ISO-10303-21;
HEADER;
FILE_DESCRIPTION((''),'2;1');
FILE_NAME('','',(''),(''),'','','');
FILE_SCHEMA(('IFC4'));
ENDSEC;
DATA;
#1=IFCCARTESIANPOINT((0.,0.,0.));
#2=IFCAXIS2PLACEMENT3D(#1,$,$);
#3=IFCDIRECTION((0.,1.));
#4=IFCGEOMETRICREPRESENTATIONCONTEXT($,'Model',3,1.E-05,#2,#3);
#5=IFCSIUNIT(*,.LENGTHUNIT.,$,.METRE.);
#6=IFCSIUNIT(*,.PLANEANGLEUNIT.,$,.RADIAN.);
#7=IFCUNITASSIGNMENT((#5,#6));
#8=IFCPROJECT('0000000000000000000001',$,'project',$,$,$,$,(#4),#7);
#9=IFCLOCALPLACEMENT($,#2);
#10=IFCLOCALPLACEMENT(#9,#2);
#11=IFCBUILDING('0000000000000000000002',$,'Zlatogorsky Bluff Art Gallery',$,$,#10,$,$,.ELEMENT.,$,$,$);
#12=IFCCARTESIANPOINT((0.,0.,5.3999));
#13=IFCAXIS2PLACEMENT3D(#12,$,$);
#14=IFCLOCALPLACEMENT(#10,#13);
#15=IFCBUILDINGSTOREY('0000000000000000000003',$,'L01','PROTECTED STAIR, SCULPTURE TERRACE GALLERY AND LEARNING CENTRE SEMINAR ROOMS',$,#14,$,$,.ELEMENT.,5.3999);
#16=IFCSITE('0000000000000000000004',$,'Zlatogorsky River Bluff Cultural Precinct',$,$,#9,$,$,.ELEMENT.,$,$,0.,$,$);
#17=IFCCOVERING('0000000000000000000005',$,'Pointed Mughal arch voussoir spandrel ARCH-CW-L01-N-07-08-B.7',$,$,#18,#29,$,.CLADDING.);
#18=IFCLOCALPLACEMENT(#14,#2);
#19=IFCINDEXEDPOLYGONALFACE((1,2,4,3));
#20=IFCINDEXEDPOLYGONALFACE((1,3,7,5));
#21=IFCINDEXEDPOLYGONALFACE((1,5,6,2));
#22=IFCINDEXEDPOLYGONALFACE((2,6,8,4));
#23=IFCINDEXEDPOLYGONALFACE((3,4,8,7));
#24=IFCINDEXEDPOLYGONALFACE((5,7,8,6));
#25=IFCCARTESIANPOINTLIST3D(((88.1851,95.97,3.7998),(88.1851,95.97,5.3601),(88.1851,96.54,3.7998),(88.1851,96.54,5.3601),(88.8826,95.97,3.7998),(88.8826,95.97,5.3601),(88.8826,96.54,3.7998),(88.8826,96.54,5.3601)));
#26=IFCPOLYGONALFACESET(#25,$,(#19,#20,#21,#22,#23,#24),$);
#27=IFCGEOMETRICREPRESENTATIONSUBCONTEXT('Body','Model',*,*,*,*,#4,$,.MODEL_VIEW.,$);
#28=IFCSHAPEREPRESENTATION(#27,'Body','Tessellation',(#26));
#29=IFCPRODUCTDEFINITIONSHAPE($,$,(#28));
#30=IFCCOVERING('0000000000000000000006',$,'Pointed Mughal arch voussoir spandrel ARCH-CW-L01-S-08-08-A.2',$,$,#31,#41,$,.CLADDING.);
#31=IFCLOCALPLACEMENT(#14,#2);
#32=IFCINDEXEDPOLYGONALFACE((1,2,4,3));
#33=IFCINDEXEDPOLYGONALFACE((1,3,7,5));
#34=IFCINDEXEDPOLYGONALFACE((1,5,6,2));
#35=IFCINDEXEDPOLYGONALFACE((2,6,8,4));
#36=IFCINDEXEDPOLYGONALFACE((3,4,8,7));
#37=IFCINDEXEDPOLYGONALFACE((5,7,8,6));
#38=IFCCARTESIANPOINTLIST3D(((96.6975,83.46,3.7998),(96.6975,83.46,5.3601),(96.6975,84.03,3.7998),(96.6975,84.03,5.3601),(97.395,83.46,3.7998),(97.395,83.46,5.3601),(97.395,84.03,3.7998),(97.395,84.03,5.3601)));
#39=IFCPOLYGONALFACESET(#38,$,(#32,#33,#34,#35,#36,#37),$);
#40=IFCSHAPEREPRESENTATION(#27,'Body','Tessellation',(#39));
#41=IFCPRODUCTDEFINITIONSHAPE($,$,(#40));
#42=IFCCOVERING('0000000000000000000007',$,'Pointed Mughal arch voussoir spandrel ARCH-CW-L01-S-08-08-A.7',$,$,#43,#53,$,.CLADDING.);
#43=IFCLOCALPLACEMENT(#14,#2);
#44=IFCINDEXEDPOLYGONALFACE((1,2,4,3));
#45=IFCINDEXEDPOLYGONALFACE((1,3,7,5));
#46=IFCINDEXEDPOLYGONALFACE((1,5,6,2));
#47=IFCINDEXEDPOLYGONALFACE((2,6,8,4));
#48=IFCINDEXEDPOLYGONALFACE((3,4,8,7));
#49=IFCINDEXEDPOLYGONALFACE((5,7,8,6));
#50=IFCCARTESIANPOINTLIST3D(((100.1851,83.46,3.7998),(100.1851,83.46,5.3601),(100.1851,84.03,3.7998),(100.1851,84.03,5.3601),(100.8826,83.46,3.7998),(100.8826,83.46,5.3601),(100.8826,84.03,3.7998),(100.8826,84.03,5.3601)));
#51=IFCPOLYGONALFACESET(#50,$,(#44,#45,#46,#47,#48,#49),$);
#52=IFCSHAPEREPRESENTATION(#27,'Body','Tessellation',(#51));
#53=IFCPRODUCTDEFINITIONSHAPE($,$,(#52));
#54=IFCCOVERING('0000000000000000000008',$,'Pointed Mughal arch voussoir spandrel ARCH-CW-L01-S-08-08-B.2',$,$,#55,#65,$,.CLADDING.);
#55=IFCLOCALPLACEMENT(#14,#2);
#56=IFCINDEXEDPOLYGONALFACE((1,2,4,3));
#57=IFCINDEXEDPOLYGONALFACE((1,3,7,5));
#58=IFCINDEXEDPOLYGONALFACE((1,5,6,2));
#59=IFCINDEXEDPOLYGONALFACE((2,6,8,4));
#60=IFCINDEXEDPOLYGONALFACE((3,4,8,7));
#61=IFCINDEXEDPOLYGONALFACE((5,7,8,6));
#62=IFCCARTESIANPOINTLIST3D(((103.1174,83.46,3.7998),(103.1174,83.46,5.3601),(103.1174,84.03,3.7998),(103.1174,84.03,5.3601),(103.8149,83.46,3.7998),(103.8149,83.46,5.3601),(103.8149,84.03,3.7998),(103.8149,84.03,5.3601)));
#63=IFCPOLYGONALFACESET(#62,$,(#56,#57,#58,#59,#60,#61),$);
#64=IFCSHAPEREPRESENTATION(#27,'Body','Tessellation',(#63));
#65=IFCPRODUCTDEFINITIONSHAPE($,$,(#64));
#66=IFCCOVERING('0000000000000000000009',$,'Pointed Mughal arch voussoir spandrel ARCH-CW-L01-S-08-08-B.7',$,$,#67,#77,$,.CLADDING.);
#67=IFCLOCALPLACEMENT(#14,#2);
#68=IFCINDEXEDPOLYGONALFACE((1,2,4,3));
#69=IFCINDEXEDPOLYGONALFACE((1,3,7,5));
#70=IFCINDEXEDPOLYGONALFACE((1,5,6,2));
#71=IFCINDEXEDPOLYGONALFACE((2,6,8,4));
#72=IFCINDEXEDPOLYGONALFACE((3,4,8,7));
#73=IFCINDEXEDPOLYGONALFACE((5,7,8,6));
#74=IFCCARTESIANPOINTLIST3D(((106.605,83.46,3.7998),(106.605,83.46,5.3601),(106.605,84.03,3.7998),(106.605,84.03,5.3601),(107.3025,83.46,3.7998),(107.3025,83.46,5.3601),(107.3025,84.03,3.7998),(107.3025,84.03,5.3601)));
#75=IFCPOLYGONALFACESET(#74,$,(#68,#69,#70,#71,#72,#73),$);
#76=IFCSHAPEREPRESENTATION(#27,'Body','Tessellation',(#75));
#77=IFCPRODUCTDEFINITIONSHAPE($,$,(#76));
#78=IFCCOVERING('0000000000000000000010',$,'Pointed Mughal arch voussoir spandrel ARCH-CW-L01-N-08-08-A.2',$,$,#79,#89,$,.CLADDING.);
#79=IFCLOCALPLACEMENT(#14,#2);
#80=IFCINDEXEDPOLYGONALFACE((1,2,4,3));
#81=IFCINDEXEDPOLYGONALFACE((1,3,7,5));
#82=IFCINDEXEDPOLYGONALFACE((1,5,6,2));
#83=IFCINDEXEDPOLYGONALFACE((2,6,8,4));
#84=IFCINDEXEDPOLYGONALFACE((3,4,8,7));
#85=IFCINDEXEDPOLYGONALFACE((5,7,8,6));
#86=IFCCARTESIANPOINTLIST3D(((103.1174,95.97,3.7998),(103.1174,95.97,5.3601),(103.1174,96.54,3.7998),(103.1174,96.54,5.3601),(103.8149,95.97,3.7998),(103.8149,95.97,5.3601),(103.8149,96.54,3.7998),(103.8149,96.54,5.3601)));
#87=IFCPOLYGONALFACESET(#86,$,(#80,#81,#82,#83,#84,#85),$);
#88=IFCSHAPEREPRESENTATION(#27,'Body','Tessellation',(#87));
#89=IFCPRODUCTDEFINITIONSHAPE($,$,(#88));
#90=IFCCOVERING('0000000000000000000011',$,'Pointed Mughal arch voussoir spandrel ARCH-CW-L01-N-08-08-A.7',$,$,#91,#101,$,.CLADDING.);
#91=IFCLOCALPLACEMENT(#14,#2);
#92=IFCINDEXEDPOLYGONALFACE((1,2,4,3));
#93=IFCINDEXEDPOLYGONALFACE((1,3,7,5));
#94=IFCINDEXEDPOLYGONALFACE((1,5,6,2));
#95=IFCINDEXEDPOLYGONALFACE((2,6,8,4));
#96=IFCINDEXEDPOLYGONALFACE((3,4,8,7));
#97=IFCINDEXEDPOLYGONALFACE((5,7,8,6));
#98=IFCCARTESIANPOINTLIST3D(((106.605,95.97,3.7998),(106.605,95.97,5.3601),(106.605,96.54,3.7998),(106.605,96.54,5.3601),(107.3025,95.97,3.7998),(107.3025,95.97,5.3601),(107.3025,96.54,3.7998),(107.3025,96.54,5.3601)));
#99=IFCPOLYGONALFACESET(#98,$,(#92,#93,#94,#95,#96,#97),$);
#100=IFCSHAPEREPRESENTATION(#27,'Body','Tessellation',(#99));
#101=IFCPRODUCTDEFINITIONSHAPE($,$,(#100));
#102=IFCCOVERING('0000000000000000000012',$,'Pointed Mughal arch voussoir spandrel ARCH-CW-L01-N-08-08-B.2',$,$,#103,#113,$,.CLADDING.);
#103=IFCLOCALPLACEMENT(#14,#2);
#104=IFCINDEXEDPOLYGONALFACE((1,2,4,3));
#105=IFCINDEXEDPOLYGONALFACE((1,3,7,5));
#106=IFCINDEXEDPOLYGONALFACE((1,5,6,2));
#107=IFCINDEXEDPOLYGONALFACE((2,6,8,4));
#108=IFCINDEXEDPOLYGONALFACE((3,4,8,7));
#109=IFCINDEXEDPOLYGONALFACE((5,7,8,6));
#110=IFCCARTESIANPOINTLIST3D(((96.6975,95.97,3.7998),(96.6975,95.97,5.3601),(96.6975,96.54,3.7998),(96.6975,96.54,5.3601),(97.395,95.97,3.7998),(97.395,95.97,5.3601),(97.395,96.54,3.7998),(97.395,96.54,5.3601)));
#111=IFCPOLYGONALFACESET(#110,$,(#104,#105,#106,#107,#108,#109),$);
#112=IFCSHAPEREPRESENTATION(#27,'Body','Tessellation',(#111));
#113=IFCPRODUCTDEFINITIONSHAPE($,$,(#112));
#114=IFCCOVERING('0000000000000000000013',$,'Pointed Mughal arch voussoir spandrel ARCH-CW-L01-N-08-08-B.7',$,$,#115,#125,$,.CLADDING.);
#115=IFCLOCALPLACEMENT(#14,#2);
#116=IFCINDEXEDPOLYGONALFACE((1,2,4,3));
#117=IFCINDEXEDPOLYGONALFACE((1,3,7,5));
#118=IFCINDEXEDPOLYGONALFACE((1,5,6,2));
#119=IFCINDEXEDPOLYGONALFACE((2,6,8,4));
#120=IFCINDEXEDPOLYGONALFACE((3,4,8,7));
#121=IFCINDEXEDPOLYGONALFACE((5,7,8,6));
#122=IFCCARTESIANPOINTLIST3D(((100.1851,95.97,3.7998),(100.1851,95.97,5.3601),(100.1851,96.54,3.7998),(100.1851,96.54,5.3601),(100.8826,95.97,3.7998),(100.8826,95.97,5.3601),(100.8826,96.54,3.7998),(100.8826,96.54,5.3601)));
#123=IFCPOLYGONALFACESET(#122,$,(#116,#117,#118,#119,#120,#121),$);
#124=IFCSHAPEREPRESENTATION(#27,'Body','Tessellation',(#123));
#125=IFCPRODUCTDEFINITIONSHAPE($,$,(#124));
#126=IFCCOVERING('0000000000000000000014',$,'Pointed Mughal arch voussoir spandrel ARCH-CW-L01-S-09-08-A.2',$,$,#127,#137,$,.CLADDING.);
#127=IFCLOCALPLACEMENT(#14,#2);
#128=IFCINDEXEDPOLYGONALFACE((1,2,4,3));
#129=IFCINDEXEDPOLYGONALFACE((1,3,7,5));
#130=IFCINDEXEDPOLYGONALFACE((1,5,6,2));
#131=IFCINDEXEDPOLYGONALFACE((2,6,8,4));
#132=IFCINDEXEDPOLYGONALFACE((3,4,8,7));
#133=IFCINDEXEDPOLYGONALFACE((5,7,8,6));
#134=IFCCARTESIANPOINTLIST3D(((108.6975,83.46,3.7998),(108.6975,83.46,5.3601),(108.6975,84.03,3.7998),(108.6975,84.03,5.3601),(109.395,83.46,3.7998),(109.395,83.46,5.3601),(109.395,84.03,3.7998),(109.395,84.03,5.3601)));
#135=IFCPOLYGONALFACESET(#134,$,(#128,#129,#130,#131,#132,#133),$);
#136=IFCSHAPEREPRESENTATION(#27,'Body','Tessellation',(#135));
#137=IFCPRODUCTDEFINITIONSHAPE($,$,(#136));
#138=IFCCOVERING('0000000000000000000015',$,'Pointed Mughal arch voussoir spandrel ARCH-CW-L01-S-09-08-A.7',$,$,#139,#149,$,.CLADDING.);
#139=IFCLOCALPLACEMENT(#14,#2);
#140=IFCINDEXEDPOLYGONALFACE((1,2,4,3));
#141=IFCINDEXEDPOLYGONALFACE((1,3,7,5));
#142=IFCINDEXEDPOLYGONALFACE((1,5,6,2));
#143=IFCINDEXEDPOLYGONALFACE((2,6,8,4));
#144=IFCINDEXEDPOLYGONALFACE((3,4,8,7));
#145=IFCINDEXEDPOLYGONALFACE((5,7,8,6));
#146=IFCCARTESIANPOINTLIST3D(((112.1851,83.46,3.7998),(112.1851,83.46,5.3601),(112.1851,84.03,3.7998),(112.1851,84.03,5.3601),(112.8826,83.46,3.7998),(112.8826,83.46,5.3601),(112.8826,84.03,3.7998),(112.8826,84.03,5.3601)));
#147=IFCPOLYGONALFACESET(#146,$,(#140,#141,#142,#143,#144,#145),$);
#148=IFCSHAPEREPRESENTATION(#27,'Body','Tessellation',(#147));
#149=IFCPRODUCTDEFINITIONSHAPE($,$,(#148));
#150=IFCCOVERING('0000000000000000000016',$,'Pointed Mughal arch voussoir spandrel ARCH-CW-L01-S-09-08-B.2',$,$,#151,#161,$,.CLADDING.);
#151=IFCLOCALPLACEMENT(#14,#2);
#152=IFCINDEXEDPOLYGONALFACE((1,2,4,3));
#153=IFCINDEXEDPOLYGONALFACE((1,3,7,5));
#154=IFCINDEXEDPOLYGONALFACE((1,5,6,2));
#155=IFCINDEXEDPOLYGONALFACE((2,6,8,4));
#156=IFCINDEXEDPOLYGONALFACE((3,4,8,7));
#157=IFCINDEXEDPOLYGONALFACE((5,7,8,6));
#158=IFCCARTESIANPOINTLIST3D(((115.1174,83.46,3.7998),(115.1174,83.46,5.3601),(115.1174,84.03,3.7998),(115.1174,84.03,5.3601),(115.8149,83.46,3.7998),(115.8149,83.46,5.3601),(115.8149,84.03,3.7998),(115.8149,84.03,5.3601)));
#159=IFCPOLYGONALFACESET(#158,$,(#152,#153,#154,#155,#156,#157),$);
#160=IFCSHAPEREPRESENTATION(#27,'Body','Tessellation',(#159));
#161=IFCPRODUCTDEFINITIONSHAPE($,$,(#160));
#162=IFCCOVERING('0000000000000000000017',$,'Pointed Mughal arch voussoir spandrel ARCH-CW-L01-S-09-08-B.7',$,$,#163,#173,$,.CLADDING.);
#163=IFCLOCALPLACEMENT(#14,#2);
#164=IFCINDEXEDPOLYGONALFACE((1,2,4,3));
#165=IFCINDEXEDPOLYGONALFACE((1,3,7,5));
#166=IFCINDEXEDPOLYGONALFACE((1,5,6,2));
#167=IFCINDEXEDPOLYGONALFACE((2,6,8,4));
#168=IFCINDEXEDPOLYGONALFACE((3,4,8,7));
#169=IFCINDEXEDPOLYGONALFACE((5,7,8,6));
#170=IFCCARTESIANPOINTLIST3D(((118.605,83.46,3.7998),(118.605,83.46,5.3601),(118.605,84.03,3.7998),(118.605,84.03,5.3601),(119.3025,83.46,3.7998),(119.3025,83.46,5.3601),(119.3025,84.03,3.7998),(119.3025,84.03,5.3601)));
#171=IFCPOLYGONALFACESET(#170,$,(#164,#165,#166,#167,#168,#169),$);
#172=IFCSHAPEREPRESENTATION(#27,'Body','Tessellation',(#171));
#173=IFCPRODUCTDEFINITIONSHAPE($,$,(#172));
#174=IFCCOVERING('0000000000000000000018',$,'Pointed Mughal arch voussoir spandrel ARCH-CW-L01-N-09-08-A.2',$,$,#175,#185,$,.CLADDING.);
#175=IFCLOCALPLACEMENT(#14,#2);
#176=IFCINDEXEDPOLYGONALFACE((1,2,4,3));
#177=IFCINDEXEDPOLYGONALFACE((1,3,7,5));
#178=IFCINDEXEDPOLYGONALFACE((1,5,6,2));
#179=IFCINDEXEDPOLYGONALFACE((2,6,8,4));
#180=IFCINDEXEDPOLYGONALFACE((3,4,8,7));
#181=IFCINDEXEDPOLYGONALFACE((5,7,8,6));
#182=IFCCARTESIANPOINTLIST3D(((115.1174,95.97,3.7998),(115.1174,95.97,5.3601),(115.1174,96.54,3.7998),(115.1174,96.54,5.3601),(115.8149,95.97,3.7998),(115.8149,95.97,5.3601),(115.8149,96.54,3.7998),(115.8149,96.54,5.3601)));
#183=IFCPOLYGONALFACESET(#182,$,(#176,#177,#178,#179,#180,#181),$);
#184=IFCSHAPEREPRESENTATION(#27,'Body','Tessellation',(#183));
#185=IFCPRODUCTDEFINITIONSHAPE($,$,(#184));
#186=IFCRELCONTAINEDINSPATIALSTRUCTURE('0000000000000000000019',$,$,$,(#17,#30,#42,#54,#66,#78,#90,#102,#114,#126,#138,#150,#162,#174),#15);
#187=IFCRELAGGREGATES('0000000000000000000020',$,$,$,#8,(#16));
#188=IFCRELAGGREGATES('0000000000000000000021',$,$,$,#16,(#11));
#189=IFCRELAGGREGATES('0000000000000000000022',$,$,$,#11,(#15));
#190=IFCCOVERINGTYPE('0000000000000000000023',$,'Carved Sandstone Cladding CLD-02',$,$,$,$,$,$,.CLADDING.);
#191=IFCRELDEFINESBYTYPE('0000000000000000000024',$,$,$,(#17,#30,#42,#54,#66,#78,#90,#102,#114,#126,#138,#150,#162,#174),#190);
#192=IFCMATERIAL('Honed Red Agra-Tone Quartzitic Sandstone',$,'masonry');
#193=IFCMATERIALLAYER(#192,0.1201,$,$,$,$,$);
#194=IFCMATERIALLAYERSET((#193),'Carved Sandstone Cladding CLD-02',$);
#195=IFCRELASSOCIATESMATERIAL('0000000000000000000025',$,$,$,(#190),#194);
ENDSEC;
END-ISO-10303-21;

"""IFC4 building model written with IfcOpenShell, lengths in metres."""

from ifc_helpers import new_model, si_unit, direction, frame, origin, place, context, subcontext, project, spatial, polyline, outline, extrude, material, layer, layer_set, type_object, element, save


model = new_model("IFC4")

# Units and contexts
model_context = context("Model", 3, precision=1e-05, world=origin(), true_north=direction((0.0, 1.0)))
body_context = subcontext(model_context, "Body", "Model", "MODEL_VIEW")
ifc_project = project(units=[si_unit("LENGTHUNIT", "METRE"), si_unit("PLANEANGLEUNIT", "RADIAN")], contexts=[model_context])

# Site, building, storey
site_placement = place(None, origin())
site = spatial("IfcSite", under=ifc_project, at=site_placement, Name="Zlatogorsky River Bluff Cultural Precinct", CompositionType="ELEMENT", RefElevation=0.0)
building_placement = place(site_placement, origin())
building = spatial("IfcBuilding", under=site, at=building_placement, Name="Zlatogorsky Bluff Art Gallery", CompositionType="ELEMENT")
storey_placement = place(building_placement, frame((0.0, 0.0, 5.3999)))
storey = spatial("IfcBuildingStorey", under=building, at=storey_placement, Name="L01", Description="PROTECTED STAIR, SCULPTURE TERRACE GALLERY AND LEARNING CENTRE SEMINAR ROOMS", CompositionType="ELEMENT", Elevation=5.3999)

# Coverings
ifc_material = material(Name="Honed Red Agra-Tone Quartzitic Sandstone", Category="masonry")
ifc_layer = layer(ifc_material, 0.1201)
ifc_layer_set = layer_set([ifc_layer], Name="Carved Sandstone Cladding CLD-02")
covering_type = type_object("IfcCoveringType", Name="Carved Sandstone Cladding CLD-02", PredefinedType="CLADDING", material=ifc_layer_set)
covering_1_placement = place(storey_placement, frame((0.0, 0.0, 3.7998)))
element("IfcCovering", 1, at=covering_1_placement, inside=storey, type_object=covering_type, Name="Pointed Mughal arch voussoir spandrel ARCH-CW-L01-N-07-08-B.7", PredefinedType="CLADDING", context=body_context, shape_type="SweptSolid", body=[
    extrude(outline(polyline([(88.1851, 95.97), (88.8826, 95.97), (88.8826, 96.54), (88.1851, 96.54), (88.1851, 95.97)])), origin(), (0.0, 0.0, 1.0), 1.5603),
])
covering_2_placement = place(storey_placement, frame((0.0, 0.0, 3.7998)))
element("IfcCovering", 2, at=covering_2_placement, inside=storey, type_object=covering_type, Name="Pointed Mughal arch voussoir spandrel ARCH-CW-L01-S-08-08-A.2", PredefinedType="CLADDING", context=body_context, shape_type="SweptSolid", body=[
    extrude(outline(polyline([(96.6975, 83.46), (97.395, 83.46), (97.395, 84.03), (96.6975, 84.03), (96.6975, 83.46)])), origin(), (0.0, 0.0, 1.0), 1.5603),
])
covering_3_placement = place(storey_placement, frame((0.0, 0.0, 3.7998)))
element("IfcCovering", 3, at=covering_3_placement, inside=storey, type_object=covering_type, Name="Pointed Mughal arch voussoir spandrel ARCH-CW-L01-S-08-08-A.7", PredefinedType="CLADDING", context=body_context, shape_type="SweptSolid", body=[
    extrude(outline(polyline([(100.1851, 83.46), (100.8826, 83.46), (100.8826, 84.03), (100.1851, 84.03), (100.1851, 83.46)])), origin(), (0.0, 0.0, 1.0), 1.5603),
])
covering_4_placement = place(storey_placement, frame((0.0, 0.0, 3.7998)))
element("IfcCovering", 4, at=covering_4_placement, inside=storey, type_object=covering_type, Name="Pointed Mughal arch voussoir spandrel ARCH-CW-L01-S-08-08-B.2", PredefinedType="CLADDING", context=body_context, shape_type="SweptSolid", body=[
    extrude(outline(polyline([(103.1174, 83.46), (103.8149, 83.46), (103.8149, 84.03), (103.1174, 84.03), (103.1174, 83.46)])), origin(), (0.0, 0.0, 1.0), 1.5603),
])
covering_5_placement = place(storey_placement, frame((0.0, 0.0, 3.7998)))
element("IfcCovering", 5, at=covering_5_placement, inside=storey, type_object=covering_type, Name="Pointed Mughal arch voussoir spandrel ARCH-CW-L01-S-08-08-B.7", PredefinedType="CLADDING", context=body_context, shape_type="SweptSolid", body=[
    extrude(outline(polyline([(106.605, 83.46), (107.3025, 83.46), (107.3025, 84.03), (106.605, 84.03), (106.605, 83.46)])), origin(), (0.0, 0.0, 1.0), 1.5603),
])
covering_6_placement = place(storey_placement, frame((0.0, 0.0, 3.7998)))
element("IfcCovering", 6, at=covering_6_placement, inside=storey, type_object=covering_type, Name="Pointed Mughal arch voussoir spandrel ARCH-CW-L01-N-08-08-A.2", PredefinedType="CLADDING", context=body_context, shape_type="SweptSolid", body=[
    extrude(outline(polyline([(103.1174, 95.97), (103.8149, 95.97), (103.8149, 96.54), (103.1174, 96.54), (103.1174, 95.97)])), origin(), (0.0, 0.0, 1.0), 1.5603),
])
covering_7_placement = place(storey_placement, frame((0.0, 0.0, 3.7998)))
element("IfcCovering", 7, at=covering_7_placement, inside=storey, type_object=covering_type, Name="Pointed Mughal arch voussoir spandrel ARCH-CW-L01-N-08-08-A.7", PredefinedType="CLADDING", context=body_context, shape_type="SweptSolid", body=[
    extrude(outline(polyline([(106.605, 95.97), (107.3025, 95.97), (107.3025, 96.54), (106.605, 96.54), (106.605, 95.97)])), origin(), (0.0, 0.0, 1.0), 1.5603),
])
covering_8_placement = place(storey_placement, frame((0.0, 0.0, 3.7998)))
element("IfcCovering", 8, at=covering_8_placement, inside=storey, type_object=covering_type, Name="Pointed Mughal arch voussoir spandrel ARCH-CW-L01-N-08-08-B.2", PredefinedType="CLADDING", context=body_context, shape_type="SweptSolid", body=[
    extrude(outline(polyline([(96.6975, 95.97), (97.395, 95.97), (97.395, 96.54), (96.6975, 96.54), (96.6975, 95.97)])), origin(), (0.0, 0.0, 1.0), 1.5603),
])
covering_9_placement = place(storey_placement, frame((0.0, 0.0, 3.7998)))
element("IfcCovering", 9, at=covering_9_placement, inside=storey, type_object=covering_type, Name="Pointed Mughal arch voussoir spandrel ARCH-CW-L01-N-08-08-B.7", PredefinedType="CLADDING", context=body_context, shape_type="SweptSolid", body=[
    extrude(outline(polyline([(100.1851, 95.97), (100.8826, 95.97), (100.8826, 96.54), (100.1851, 96.54), (100.1851, 95.97)])), origin(), (0.0, 0.0, 1.0), 1.5603),
])
covering_10_placement = place(storey_placement, frame((0.0, 0.0, 3.7998)))
element("IfcCovering", 10, at=covering_10_placement, inside=storey, type_object=covering_type, Name="Pointed Mughal arch voussoir spandrel ARCH-CW-L01-S-09-08-A.2", PredefinedType="CLADDING", context=body_context, shape_type="SweptSolid", body=[
    extrude(outline(polyline([(108.6975, 83.46), (109.395, 83.46), (109.395, 84.03), (108.6975, 84.03), (108.6975, 83.46)])), origin(), (0.0, 0.0, 1.0), 1.5603),
])
covering_11_placement = place(storey_placement, frame((0.0, 0.0, 3.7998)))
element("IfcCovering", 11, at=covering_11_placement, inside=storey, type_object=covering_type, Name="Pointed Mughal arch voussoir spandrel ARCH-CW-L01-S-09-08-A.7", PredefinedType="CLADDING", context=body_context, shape_type="SweptSolid", body=[
    extrude(outline(polyline([(112.1851, 83.46), (112.8826, 83.46), (112.8826, 84.03), (112.1851, 84.03), (112.1851, 83.46)])), origin(), (0.0, 0.0, 1.0), 1.5603),
])
covering_12_placement = place(storey_placement, frame((0.0, 0.0, 3.7998)))
element("IfcCovering", 12, at=covering_12_placement, inside=storey, type_object=covering_type, Name="Pointed Mughal arch voussoir spandrel ARCH-CW-L01-S-09-08-B.2", PredefinedType="CLADDING", context=body_context, shape_type="SweptSolid", body=[
    extrude(outline(polyline([(115.1174, 83.46), (115.8149, 83.46), (115.8149, 84.03), (115.1174, 84.03), (115.1174, 83.46)])), origin(), (0.0, 0.0, 1.0), 1.5603),
])
covering_13_placement = place(storey_placement, frame((0.0, 0.0, 3.7998)))
element("IfcCovering", 13, at=covering_13_placement, inside=storey, type_object=covering_type, Name="Pointed Mughal arch voussoir spandrel ARCH-CW-L01-S-09-08-B.7", PredefinedType="CLADDING", context=body_context, shape_type="SweptSolid", body=[
    extrude(outline(polyline([(118.605, 83.46), (119.3025, 83.46), (119.3025, 84.03), (118.605, 84.03), (118.605, 83.46)])), origin(), (0.0, 0.0, 1.0), 1.5603),
])
covering_14_placement = place(storey_placement, frame((0.0, 0.0, 3.7998)))
element("IfcCovering", 14, at=covering_14_placement, inside=storey, type_object=covering_type, Name="Pointed Mughal arch voussoir spandrel ARCH-CW-L01-N-09-08-A.2", PredefinedType="CLADDING", context=body_context, shape_type="SweptSolid", body=[
    extrude(outline(polyline([(115.1174, 95.97), (115.8149, 95.97), (115.8149, 96.54), (115.1174, 96.54), (115.1174, 95.97)])), origin(), (0.0, 0.0, 1.0), 1.5603),
])

save(model, "model.ifc")
